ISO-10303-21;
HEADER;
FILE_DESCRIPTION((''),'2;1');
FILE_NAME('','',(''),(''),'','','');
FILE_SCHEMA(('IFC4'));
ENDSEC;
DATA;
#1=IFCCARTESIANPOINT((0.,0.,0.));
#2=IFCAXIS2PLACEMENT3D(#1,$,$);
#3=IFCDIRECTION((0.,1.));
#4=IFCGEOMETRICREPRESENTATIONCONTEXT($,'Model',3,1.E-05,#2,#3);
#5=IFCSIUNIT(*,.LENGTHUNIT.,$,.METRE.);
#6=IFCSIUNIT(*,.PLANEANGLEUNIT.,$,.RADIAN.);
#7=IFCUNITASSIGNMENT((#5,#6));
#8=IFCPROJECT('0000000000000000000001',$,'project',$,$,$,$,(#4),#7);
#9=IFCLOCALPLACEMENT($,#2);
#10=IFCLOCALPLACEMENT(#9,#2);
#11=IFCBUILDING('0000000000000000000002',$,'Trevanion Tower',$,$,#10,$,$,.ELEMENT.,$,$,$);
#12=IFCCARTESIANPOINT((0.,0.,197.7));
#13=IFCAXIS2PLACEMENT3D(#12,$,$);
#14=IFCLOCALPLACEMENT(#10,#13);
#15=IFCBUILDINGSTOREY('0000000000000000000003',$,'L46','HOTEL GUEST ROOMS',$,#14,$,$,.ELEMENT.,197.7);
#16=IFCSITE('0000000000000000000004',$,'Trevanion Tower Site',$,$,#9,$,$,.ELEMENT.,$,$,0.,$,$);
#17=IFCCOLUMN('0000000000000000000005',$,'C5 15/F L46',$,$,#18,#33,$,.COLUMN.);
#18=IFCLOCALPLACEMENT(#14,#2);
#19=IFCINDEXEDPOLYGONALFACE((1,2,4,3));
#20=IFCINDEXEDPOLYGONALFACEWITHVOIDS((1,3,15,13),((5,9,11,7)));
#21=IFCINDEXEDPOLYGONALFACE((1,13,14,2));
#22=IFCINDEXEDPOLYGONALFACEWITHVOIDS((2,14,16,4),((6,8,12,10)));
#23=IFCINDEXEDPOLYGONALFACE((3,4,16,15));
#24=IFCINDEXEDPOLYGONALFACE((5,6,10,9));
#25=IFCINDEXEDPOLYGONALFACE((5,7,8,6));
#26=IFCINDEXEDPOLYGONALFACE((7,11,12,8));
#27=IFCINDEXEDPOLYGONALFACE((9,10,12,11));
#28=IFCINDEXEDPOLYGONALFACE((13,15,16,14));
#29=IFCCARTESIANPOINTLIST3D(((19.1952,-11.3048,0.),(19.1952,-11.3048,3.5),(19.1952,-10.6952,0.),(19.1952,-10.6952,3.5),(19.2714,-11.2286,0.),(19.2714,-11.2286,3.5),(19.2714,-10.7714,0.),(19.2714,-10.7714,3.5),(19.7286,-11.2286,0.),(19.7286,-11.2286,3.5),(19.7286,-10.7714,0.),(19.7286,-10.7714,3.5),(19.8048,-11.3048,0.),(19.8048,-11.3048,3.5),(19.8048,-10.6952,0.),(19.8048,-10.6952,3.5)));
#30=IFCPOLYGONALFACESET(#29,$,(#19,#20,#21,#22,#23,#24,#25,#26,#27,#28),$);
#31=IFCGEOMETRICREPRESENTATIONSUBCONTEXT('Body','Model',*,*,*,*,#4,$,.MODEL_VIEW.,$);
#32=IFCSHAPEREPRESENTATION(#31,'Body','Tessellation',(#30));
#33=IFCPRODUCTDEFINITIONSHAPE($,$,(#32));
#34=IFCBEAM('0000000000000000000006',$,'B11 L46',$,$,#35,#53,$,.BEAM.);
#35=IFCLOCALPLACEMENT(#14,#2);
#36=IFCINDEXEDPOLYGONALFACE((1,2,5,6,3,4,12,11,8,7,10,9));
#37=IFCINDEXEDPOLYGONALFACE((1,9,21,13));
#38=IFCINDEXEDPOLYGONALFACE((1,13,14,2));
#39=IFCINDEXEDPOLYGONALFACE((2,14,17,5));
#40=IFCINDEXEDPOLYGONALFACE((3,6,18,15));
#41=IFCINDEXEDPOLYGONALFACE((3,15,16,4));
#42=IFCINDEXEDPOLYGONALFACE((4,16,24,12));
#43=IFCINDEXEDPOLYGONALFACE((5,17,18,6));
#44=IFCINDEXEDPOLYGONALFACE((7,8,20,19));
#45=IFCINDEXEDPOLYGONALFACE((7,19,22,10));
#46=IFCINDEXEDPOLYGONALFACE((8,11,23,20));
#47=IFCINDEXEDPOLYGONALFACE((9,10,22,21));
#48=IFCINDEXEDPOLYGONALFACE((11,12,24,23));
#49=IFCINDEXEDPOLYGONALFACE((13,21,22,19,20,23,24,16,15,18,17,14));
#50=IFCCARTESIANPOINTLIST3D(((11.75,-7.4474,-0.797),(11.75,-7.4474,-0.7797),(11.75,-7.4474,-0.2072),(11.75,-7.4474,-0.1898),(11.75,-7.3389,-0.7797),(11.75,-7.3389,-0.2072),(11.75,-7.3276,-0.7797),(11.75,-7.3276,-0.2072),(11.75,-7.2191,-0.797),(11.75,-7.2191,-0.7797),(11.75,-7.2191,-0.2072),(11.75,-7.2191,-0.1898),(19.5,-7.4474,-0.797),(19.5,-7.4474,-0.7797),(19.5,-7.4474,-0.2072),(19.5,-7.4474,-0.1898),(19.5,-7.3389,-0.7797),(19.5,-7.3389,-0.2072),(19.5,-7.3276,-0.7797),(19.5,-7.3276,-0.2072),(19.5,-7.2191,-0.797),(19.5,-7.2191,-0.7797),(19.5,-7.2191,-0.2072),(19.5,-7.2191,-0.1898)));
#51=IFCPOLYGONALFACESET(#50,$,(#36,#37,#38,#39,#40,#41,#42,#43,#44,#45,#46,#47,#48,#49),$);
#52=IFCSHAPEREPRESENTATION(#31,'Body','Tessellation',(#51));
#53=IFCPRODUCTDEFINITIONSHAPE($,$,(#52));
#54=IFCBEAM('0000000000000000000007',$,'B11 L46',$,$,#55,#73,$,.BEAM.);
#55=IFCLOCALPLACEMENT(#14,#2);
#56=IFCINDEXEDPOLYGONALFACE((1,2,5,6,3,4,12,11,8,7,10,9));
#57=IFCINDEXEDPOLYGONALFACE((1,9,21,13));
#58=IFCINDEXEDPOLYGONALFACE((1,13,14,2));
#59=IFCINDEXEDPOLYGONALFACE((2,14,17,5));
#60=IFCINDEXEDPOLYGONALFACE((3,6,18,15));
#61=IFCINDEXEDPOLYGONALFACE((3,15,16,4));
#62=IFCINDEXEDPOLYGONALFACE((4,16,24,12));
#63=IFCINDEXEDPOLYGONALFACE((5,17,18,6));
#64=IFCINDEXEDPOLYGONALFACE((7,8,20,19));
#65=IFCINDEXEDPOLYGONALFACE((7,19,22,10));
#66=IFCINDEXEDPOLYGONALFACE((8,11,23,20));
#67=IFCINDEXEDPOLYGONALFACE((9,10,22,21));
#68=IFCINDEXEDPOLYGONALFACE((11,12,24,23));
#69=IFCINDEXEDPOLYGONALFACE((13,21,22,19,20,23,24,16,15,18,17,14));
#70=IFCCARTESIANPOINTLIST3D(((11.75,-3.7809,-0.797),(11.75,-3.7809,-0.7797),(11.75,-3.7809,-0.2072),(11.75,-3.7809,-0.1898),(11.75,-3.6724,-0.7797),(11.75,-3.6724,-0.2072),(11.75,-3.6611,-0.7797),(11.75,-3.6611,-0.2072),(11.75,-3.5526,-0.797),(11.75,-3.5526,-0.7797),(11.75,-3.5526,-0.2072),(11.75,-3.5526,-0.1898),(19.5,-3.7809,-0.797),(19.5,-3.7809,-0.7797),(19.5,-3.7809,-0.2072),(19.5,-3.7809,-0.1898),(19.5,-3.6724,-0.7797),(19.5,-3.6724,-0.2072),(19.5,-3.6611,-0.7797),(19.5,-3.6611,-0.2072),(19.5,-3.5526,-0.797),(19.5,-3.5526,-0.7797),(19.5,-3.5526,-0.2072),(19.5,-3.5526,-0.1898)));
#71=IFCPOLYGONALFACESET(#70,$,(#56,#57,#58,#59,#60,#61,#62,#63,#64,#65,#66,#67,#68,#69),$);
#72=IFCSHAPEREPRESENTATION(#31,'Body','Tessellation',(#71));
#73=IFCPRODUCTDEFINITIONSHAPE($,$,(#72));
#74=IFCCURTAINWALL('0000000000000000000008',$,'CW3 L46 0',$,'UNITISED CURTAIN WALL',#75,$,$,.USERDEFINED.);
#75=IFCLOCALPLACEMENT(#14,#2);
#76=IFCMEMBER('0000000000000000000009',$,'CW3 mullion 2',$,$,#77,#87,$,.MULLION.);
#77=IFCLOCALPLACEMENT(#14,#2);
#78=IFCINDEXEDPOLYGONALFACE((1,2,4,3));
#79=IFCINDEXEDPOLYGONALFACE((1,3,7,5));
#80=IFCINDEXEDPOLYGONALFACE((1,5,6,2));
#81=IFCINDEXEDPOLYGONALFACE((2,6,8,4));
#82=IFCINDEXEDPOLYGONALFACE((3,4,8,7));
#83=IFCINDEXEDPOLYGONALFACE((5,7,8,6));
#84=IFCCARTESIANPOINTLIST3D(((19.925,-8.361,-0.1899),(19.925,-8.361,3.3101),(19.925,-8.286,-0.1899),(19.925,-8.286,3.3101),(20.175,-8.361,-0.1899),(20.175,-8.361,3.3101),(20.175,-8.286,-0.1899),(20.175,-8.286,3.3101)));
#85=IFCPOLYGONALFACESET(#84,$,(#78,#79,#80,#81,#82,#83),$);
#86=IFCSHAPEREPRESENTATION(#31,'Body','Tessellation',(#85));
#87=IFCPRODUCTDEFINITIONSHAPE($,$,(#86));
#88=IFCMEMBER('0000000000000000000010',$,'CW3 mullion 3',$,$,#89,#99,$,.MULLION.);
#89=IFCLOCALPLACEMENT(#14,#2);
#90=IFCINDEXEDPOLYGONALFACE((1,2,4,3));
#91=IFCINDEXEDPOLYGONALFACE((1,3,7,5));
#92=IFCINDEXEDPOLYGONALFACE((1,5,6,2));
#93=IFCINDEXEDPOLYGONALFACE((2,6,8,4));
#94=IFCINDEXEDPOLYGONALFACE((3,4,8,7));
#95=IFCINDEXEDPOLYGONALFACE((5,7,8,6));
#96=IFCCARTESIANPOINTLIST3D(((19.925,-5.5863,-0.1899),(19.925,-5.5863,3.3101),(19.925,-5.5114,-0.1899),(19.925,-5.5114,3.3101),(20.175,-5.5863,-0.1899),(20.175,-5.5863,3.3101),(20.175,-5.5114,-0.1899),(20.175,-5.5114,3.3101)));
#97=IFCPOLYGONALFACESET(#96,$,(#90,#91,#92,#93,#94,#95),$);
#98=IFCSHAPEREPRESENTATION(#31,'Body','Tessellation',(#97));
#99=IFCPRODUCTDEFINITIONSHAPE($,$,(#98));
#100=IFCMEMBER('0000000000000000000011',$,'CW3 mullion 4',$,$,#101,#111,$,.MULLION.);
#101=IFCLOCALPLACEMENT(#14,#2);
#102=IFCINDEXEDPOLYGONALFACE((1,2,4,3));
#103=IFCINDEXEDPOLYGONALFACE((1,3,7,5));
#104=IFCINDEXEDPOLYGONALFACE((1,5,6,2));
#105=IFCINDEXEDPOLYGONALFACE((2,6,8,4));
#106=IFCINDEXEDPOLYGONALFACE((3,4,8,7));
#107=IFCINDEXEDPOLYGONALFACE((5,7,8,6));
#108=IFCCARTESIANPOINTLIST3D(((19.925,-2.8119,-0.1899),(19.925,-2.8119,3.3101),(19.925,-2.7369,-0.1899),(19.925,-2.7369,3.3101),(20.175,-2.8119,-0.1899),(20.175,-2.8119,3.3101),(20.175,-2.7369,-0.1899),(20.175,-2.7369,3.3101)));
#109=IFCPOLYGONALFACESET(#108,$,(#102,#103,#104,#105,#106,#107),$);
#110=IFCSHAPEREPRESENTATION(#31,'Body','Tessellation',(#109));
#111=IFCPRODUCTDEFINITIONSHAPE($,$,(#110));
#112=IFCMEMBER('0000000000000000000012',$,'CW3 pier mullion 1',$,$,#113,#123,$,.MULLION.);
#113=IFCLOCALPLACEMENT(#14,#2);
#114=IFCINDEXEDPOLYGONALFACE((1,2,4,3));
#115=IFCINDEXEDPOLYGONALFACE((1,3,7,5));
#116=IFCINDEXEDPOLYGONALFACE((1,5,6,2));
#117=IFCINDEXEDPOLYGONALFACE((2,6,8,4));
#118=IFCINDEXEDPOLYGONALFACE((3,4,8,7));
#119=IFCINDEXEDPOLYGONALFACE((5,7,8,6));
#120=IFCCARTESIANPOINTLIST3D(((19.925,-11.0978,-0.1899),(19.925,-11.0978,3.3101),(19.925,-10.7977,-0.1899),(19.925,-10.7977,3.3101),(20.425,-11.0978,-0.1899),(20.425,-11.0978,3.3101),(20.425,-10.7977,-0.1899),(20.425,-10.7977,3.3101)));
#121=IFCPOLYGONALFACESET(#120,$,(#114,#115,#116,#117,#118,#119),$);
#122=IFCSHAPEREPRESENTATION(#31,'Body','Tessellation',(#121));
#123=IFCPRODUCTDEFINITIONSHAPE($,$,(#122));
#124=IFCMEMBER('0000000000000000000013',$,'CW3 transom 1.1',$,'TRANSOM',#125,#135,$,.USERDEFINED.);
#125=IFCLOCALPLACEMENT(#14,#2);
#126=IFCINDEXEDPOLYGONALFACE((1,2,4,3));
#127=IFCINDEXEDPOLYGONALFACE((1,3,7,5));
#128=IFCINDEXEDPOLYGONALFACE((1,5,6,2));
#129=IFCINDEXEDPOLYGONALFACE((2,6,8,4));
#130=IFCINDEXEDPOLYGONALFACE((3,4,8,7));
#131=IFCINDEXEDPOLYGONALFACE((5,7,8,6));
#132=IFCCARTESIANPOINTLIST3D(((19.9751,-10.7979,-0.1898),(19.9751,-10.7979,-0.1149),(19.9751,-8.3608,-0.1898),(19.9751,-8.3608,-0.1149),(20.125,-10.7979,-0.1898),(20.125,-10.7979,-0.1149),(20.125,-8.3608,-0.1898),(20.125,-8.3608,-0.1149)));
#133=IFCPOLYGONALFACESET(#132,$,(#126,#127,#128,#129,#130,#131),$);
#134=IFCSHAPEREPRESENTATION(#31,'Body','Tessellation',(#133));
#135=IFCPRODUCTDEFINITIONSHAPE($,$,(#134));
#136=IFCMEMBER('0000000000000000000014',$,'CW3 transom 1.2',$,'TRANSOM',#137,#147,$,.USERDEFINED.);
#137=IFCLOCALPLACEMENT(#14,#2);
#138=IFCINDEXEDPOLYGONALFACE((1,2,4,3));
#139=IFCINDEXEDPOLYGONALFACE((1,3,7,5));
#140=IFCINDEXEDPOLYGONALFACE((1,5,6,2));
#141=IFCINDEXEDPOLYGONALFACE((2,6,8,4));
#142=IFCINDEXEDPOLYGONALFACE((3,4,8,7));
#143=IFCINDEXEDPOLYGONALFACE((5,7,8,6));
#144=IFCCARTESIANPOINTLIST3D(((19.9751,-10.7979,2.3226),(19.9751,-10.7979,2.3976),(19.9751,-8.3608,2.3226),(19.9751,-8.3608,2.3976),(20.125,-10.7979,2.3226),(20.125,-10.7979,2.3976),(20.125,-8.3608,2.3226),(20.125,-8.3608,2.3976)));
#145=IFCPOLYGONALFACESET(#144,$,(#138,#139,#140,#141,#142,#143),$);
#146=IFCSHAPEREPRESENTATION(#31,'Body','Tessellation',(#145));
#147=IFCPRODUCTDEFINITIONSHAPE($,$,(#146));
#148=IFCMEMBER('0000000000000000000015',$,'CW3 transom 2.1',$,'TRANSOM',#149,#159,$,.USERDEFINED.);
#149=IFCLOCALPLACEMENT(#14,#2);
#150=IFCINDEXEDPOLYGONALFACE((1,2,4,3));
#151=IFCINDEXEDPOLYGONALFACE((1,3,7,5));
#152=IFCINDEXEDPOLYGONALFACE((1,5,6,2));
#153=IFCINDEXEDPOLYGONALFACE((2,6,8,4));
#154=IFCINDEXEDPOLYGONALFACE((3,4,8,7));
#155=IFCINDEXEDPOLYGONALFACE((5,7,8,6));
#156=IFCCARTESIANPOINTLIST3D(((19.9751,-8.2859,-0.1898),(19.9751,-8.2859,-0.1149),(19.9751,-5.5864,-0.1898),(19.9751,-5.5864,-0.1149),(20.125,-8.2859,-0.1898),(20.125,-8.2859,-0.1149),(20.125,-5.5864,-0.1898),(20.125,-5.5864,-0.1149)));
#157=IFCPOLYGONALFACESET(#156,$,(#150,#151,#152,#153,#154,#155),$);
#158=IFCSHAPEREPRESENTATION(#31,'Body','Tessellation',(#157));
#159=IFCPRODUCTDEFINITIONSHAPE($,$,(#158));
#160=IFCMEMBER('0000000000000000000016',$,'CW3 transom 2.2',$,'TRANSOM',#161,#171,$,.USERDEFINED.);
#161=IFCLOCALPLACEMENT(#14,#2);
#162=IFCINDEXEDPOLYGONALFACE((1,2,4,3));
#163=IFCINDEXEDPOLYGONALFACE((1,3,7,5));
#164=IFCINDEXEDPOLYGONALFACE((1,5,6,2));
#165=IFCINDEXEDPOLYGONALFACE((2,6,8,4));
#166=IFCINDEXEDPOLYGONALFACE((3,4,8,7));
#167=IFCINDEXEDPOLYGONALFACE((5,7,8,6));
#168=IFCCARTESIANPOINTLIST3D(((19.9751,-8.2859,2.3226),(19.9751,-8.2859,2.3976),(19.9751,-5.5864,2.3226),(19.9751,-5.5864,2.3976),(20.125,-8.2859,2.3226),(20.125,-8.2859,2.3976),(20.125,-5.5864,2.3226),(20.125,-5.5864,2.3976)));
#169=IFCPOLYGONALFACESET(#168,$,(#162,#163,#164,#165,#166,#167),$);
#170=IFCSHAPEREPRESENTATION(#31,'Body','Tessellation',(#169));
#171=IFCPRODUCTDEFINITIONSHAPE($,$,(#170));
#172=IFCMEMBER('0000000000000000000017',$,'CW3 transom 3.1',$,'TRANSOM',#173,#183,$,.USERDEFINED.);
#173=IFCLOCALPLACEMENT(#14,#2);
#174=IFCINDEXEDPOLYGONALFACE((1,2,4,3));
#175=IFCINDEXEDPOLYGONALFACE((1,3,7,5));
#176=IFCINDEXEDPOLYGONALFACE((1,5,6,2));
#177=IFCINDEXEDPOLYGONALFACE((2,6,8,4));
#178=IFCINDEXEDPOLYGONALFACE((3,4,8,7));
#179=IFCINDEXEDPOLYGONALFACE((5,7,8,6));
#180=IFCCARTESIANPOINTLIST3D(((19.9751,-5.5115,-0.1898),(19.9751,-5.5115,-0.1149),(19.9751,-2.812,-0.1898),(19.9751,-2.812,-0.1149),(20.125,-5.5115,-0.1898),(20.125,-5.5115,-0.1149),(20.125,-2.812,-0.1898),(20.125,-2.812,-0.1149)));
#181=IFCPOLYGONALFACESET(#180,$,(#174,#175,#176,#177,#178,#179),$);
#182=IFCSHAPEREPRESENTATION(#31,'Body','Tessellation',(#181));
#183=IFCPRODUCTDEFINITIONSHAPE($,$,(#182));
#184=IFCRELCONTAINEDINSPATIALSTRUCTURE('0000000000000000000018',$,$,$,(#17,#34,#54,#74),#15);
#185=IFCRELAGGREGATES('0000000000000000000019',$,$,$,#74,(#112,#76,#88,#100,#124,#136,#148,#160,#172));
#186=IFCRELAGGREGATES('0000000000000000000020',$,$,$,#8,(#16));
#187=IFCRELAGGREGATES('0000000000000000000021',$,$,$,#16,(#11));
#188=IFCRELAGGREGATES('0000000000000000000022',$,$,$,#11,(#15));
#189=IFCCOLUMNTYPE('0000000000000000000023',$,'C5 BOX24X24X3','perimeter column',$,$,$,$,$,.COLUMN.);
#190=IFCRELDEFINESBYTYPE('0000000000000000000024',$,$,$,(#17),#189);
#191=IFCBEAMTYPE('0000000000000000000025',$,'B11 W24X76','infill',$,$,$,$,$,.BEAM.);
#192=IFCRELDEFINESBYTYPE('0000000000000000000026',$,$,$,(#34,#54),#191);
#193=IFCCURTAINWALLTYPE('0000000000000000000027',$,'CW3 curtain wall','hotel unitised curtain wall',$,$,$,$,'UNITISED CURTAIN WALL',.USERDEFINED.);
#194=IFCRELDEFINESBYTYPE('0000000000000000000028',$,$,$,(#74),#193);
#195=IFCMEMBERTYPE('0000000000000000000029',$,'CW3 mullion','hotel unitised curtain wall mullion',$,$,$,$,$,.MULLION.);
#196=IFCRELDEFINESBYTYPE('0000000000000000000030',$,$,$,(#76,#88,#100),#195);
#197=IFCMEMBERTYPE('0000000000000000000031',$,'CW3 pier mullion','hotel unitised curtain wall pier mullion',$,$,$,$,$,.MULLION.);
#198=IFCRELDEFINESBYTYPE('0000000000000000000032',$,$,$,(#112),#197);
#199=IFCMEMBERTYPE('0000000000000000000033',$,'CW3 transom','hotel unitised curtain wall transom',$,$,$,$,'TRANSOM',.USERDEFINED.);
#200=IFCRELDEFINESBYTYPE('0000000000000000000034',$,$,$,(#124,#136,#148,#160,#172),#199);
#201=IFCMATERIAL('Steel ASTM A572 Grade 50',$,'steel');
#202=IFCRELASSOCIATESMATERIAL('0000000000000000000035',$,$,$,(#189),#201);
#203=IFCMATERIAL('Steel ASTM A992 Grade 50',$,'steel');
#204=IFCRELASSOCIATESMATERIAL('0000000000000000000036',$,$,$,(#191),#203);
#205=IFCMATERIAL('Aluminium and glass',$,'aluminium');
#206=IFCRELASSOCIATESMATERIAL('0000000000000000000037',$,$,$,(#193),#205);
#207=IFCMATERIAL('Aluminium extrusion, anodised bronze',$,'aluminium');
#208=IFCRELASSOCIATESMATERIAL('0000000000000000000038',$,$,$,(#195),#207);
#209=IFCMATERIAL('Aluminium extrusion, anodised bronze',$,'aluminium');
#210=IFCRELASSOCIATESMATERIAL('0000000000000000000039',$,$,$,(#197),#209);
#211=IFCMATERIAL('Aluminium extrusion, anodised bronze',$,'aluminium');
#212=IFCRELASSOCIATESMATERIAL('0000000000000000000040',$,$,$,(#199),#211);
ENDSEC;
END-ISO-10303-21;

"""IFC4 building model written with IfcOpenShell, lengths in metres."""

from ifc_helpers import new_model, si_unit, direction, frame, origin, origin_2d, place, context, subcontext, project, spatial, rectangle, hollow_rectangle, i_section, extrude, material, material_profile, profile_set, type_object, element, aggregate, save


model = new_model("IFC4")

# Units and contexts
model_context = context("Model", 3, precision=1e-05, world=origin(), true_north=direction((0.0, 1.0)))
body_context = subcontext(model_context, "Body", "Model", "MODEL_VIEW")
ifc_project = project(units=[si_unit("LENGTHUNIT", "METRE"), si_unit("PLANEANGLEUNIT", "RADIAN")], contexts=[model_context])

# Site, building, storey
site_placement = place(None, origin())
site = spatial("IfcSite", under=ifc_project, at=site_placement, Name="Trevanion Tower Site", CompositionType="ELEMENT", RefElevation=0.0)
building_placement = place(site_placement, origin())
building = spatial("IfcBuilding", under=site, at=building_placement, Name="Trevanion Tower", CompositionType="ELEMENT")
storey_placement = place(building_placement, frame((0.0, 0.0, 197.7)))
storey = spatial("IfcBuildingStorey", under=building, at=storey_placement, Name="L46", Description="HOTEL GUEST ROOMS", CompositionType="ELEMENT", Elevation=197.7)

# Column
ifc_material_1 = material(Name="Steel ASTM A572 Grade 50", Category="steel")
ifc_material_profile_1 = material_profile(ifc_material_1, hollow_rectangle(XDim=0.6096, YDim=0.6096, WallThickness=0.0762, at=origin_2d()), Name="BOX24X24X3")
ifc_profile_set_1 = profile_set([ifc_material_profile_1], Name="Steel ASTM A572 Grade 50")
column_type = type_object("IfcColumnType", Name="C5 BOX24X24X3", Description="perimeter column", PredefinedType="COLUMN", material=ifc_profile_set_1)
column_placement = place(storey_placement, frame((19.5, -11.0, 0.0), z_axis=(0.0, 0.0, 1.0), x_axis=(0.0, 1.0, 0.0)))
element("IfcColumn", 1, at=column_placement, inside=storey, type_object=column_type, Name="C5 15/F L46", PredefinedType="COLUMN", context=body_context, shape_type="SweptSolid", body=[
    extrude(hollow_rectangle(XDim=0.6096, YDim=0.6096, WallThickness=0.0762, at=origin_2d()), origin(), (0.0, 0.0, 1.0), 3.5),
])

# Beams
ifc_material_2 = material(Name="Steel ASTM A992 Grade 50", Category="steel")
ifc_material_profile_2 = material_profile(ifc_material_2, i_section(OverallWidth=0.2283, OverallDepth=0.6072, WebThickness=0.0112, FlangeThickness=0.0173, at=origin_2d()), Name="W24X76")
ifc_profile_set_2 = profile_set([ifc_material_profile_2], Name="Steel ASTM A992 Grade 50")
beam_type_1 = type_object("IfcBeamType", Name="B11 W24X76", Description="infill", PredefinedType="BEAM", material=ifc_profile_set_2)
for number, where, z_axis, x_axis, name in (
    (2, (11.75, -7.3333, -0.4934), (1.0, 0.0, 0.0), (0.0, 1.0, 0.0), "B11 L46"),
    (3, (11.75, -3.6667, -0.4934), (1.0, 0.0, 0.0), (0.0, 1.0, 0.0), "B11 L46"),
):
    element("IfcBeam", number, at=place(storey_placement, frame(where, z_axis=z_axis, x_axis=x_axis)), inside=storey, type_object=beam_type_1, Name=name, PredefinedType="BEAM", context=body_context, shape_type="SweptSolid", body=[
        extrude(i_section(OverallWidth=0.2283, OverallDepth=0.6072, WebThickness=0.0112, FlangeThickness=0.0173, at=origin_2d()), origin(), (0.0, 0.0, 1.0), 7.75),
    ])

# Curtain wall, members
ifc_material_3 = material(Name="Aluminium and glass", Category="aluminium")
curtain_wall_type = type_object("IfcCurtainWallType", Name="CW3 curtain wall", Description="hotel unitised curtain wall", ElementType="UNITISED CURTAIN WALL", PredefinedType="USERDEFINED", material=ifc_material_3)
curtain_wall_placement = place(storey_placement, origin())
curtain_wall = element("IfcCurtainWall", 4, at=curtain_wall_placement, inside=storey, type_object=curtain_wall_type, Name="CW3 L46 0", ObjectType="UNITISED CURTAIN WALL", PredefinedType="USERDEFINED")
ifc_material_4 = material(Name="Aluminium extrusion, anodised bronze", Category="aluminium")
ifc_material_profile_3 = material_profile(ifc_material_4, rectangle(XDim=0.075, YDim=0.25, at=origin_2d()), Name="CW3 mullion")
ifc_profile_set_3 = profile_set([ifc_material_profile_3], Name="Aluminium extrusion, anodised bronze")
member_type_1 = type_object("IfcMemberType", Name="CW3 mullion", Description="hotel unitised curtain wall mullion", PredefinedType="MULLION", material=ifc_profile_set_3)
member_1_placement = place(storey_placement, frame((20.05, -8.3235, -0.1899), z_axis=(0.0, 0.0, 1.0), x_axis=(0.0, 1.0, 0.0)))
member_1 = element("IfcMember", 5, at=member_1_placement, type_object=member_type_1, Name="CW3 mullion 2", PredefinedType="MULLION", context=body_context, shape_type="SweptSolid", body=[
    extrude(rectangle(XDim=0.075, YDim=0.25, at=origin_2d()), origin(), (0.0, 0.0, 1.0), 3.5),
])
member_2_placement = place(storey_placement, frame((20.05, -5.5488, -0.1899), z_axis=(0.0, 0.0, 1.0), x_axis=(0.0, 1.0, 0.0)))
member_2 = element("IfcMember", 6, at=member_2_placement, type_object=member_type_1, Name="CW3 mullion 3", PredefinedType="MULLION", context=body_context, shape_type="SweptSolid", body=[
    extrude(rectangle(XDim=0.075, YDim=0.25, at=origin_2d()), origin(), (0.0, 0.0, 1.0), 3.5),
])
member_3_placement = place(storey_placement, frame((20.05, -2.7744, -0.1899), z_axis=(0.0, 0.0, 1.0), x_axis=(0.0, 1.0, 0.0)))
member_3 = element("IfcMember", 7, at=member_3_placement, type_object=member_type_1, Name="CW3 mullion 4", PredefinedType="MULLION", context=body_context, shape_type="SweptSolid", body=[
    extrude(rectangle(XDim=0.075, YDim=0.25, at=origin_2d()), origin(), (0.0, 0.0, 1.0), 3.5),
])
ifc_material_5 = material(Name="Aluminium extrusion, anodised bronze", Category="aluminium")
ifc_material_profile_4 = material_profile(ifc_material_5, rectangle(XDim=0.3, YDim=0.5, at=origin_2d()), Name="CW3 pier mullion")
ifc_profile_set_4 = profile_set([ifc_material_profile_4], Name="Aluminium extrusion, anodised bronze")
member_type_2 = type_object("IfcMemberType", Name="CW3 pier mullion", Description="hotel unitised curtain wall pier mullion", PredefinedType="MULLION", material=ifc_profile_set_4)
member_4_placement = place(storey_placement, frame((20.175, -10.9478, -0.1899), z_axis=(0.0, 0.0, 1.0), x_axis=(0.0, 1.0, 0.0)))
member_4 = element("IfcMember", 8, at=member_4_placement, type_object=member_type_2, Name="CW3 pier mullion 1", PredefinedType="MULLION", context=body_context, shape_type="SweptSolid", body=[
    extrude(rectangle(XDim=0.3, YDim=0.5, at=origin_2d()), origin(), (0.0, 0.0, 1.0), 3.5),
])
ifc_material_6 = material(Name="Aluminium extrusion, anodised bronze", Category="aluminium")
ifc_material_profile_5 = material_profile(ifc_material_6, rectangle(XDim=0.1499, YDim=0.075, at=origin_2d()), Name="CW3 transom")
ifc_profile_set_5 = profile_set([ifc_material_profile_5], Name="Aluminium extrusion, anodised bronze")
member_type_3 = type_object("IfcMemberType", Name="CW3 transom", Description="hotel unitised curtain wall transom", ElementType="TRANSOM", PredefinedType="USERDEFINED", material=ifc_profile_set_5)
member_5_placement = place(storey_placement, frame((20.05, -10.7979, -0.1523), z_axis=(0.0, 1.0, 0.0), x_axis=(-1.0, 0.0, 0.0)))
member_5 = element("IfcMember", 9, at=member_5_placement, type_object=member_type_3, Name="CW3 transom 1.1", ObjectType="TRANSOM", PredefinedType="USERDEFINED", context=body_context, shape_type="SweptSolid", body=[
    extrude(rectangle(XDim=0.1499, YDim=0.075, at=origin_2d()), origin(), (0.0, 0.0, 1.0), 2.437),
])
member_6_placement = place(storey_placement, frame((20.05, -10.7979, 2.3601), z_axis=(0.0, 1.0, 0.0), x_axis=(-1.0, 0.0, 0.0)))
member_6 = element("IfcMember", 10, at=member_6_placement, type_object=member_type_3, Name="CW3 transom 1.2", ObjectType="TRANSOM", PredefinedType="USERDEFINED", context=body_context, shape_type="SweptSolid", body=[
    extrude(rectangle(XDim=0.1499, YDim=0.075, at=origin_2d()), origin(), (0.0, 0.0, 1.0), 2.437),
])
member_7_placement = place(storey_placement, frame((20.05, -8.2859, -0.1523), z_axis=(0.0, 1.0, 0.0), x_axis=(-1.0, 0.0, 0.0)))
member_7 = element("IfcMember", 11, at=member_7_placement, type_object=member_type_3, Name="CW3 transom 2.1", ObjectType="TRANSOM", PredefinedType="USERDEFINED", context=body_context, shape_type="SweptSolid", body=[
    extrude(rectangle(XDim=0.1499, YDim=0.075, at=origin_2d()), origin(), (0.0, 0.0, 1.0), 2.6995),
])
member_8_placement = place(storey_placement, frame((20.05, -8.2859, 2.3601), z_axis=(0.0, 1.0, 0.0), x_axis=(-1.0, 0.0, 0.0)))
member_8 = element("IfcMember", 12, at=member_8_placement, type_object=member_type_3, Name="CW3 transom 2.2", ObjectType="TRANSOM", PredefinedType="USERDEFINED", context=body_context, shape_type="SweptSolid", body=[
    extrude(rectangle(XDim=0.1499, YDim=0.075, at=origin_2d()), origin(), (0.0, 0.0, 1.0), 2.6995),
])
member_9_placement = place(storey_placement, frame((20.05, -5.5115, -0.1523), z_axis=(0.0, 1.0, 0.0), x_axis=(-1.0, 0.0, 0.0)))
member_9 = element("IfcMember", 13, at=member_9_placement, type_object=member_type_3, Name="CW3 transom 3.1", ObjectType="TRANSOM", PredefinedType="USERDEFINED", context=body_context, shape_type="SweptSolid", body=[
    extrude(rectangle(XDim=0.1499, YDim=0.075, at=origin_2d()), origin(), (0.0, 0.0, 1.0), 2.6995),
])

aggregate(curtain_wall, [member_4, member_1, member_2, member_3, member_5, member_6, member_7, member_8, member_9])

save(model, "model.ifc")
